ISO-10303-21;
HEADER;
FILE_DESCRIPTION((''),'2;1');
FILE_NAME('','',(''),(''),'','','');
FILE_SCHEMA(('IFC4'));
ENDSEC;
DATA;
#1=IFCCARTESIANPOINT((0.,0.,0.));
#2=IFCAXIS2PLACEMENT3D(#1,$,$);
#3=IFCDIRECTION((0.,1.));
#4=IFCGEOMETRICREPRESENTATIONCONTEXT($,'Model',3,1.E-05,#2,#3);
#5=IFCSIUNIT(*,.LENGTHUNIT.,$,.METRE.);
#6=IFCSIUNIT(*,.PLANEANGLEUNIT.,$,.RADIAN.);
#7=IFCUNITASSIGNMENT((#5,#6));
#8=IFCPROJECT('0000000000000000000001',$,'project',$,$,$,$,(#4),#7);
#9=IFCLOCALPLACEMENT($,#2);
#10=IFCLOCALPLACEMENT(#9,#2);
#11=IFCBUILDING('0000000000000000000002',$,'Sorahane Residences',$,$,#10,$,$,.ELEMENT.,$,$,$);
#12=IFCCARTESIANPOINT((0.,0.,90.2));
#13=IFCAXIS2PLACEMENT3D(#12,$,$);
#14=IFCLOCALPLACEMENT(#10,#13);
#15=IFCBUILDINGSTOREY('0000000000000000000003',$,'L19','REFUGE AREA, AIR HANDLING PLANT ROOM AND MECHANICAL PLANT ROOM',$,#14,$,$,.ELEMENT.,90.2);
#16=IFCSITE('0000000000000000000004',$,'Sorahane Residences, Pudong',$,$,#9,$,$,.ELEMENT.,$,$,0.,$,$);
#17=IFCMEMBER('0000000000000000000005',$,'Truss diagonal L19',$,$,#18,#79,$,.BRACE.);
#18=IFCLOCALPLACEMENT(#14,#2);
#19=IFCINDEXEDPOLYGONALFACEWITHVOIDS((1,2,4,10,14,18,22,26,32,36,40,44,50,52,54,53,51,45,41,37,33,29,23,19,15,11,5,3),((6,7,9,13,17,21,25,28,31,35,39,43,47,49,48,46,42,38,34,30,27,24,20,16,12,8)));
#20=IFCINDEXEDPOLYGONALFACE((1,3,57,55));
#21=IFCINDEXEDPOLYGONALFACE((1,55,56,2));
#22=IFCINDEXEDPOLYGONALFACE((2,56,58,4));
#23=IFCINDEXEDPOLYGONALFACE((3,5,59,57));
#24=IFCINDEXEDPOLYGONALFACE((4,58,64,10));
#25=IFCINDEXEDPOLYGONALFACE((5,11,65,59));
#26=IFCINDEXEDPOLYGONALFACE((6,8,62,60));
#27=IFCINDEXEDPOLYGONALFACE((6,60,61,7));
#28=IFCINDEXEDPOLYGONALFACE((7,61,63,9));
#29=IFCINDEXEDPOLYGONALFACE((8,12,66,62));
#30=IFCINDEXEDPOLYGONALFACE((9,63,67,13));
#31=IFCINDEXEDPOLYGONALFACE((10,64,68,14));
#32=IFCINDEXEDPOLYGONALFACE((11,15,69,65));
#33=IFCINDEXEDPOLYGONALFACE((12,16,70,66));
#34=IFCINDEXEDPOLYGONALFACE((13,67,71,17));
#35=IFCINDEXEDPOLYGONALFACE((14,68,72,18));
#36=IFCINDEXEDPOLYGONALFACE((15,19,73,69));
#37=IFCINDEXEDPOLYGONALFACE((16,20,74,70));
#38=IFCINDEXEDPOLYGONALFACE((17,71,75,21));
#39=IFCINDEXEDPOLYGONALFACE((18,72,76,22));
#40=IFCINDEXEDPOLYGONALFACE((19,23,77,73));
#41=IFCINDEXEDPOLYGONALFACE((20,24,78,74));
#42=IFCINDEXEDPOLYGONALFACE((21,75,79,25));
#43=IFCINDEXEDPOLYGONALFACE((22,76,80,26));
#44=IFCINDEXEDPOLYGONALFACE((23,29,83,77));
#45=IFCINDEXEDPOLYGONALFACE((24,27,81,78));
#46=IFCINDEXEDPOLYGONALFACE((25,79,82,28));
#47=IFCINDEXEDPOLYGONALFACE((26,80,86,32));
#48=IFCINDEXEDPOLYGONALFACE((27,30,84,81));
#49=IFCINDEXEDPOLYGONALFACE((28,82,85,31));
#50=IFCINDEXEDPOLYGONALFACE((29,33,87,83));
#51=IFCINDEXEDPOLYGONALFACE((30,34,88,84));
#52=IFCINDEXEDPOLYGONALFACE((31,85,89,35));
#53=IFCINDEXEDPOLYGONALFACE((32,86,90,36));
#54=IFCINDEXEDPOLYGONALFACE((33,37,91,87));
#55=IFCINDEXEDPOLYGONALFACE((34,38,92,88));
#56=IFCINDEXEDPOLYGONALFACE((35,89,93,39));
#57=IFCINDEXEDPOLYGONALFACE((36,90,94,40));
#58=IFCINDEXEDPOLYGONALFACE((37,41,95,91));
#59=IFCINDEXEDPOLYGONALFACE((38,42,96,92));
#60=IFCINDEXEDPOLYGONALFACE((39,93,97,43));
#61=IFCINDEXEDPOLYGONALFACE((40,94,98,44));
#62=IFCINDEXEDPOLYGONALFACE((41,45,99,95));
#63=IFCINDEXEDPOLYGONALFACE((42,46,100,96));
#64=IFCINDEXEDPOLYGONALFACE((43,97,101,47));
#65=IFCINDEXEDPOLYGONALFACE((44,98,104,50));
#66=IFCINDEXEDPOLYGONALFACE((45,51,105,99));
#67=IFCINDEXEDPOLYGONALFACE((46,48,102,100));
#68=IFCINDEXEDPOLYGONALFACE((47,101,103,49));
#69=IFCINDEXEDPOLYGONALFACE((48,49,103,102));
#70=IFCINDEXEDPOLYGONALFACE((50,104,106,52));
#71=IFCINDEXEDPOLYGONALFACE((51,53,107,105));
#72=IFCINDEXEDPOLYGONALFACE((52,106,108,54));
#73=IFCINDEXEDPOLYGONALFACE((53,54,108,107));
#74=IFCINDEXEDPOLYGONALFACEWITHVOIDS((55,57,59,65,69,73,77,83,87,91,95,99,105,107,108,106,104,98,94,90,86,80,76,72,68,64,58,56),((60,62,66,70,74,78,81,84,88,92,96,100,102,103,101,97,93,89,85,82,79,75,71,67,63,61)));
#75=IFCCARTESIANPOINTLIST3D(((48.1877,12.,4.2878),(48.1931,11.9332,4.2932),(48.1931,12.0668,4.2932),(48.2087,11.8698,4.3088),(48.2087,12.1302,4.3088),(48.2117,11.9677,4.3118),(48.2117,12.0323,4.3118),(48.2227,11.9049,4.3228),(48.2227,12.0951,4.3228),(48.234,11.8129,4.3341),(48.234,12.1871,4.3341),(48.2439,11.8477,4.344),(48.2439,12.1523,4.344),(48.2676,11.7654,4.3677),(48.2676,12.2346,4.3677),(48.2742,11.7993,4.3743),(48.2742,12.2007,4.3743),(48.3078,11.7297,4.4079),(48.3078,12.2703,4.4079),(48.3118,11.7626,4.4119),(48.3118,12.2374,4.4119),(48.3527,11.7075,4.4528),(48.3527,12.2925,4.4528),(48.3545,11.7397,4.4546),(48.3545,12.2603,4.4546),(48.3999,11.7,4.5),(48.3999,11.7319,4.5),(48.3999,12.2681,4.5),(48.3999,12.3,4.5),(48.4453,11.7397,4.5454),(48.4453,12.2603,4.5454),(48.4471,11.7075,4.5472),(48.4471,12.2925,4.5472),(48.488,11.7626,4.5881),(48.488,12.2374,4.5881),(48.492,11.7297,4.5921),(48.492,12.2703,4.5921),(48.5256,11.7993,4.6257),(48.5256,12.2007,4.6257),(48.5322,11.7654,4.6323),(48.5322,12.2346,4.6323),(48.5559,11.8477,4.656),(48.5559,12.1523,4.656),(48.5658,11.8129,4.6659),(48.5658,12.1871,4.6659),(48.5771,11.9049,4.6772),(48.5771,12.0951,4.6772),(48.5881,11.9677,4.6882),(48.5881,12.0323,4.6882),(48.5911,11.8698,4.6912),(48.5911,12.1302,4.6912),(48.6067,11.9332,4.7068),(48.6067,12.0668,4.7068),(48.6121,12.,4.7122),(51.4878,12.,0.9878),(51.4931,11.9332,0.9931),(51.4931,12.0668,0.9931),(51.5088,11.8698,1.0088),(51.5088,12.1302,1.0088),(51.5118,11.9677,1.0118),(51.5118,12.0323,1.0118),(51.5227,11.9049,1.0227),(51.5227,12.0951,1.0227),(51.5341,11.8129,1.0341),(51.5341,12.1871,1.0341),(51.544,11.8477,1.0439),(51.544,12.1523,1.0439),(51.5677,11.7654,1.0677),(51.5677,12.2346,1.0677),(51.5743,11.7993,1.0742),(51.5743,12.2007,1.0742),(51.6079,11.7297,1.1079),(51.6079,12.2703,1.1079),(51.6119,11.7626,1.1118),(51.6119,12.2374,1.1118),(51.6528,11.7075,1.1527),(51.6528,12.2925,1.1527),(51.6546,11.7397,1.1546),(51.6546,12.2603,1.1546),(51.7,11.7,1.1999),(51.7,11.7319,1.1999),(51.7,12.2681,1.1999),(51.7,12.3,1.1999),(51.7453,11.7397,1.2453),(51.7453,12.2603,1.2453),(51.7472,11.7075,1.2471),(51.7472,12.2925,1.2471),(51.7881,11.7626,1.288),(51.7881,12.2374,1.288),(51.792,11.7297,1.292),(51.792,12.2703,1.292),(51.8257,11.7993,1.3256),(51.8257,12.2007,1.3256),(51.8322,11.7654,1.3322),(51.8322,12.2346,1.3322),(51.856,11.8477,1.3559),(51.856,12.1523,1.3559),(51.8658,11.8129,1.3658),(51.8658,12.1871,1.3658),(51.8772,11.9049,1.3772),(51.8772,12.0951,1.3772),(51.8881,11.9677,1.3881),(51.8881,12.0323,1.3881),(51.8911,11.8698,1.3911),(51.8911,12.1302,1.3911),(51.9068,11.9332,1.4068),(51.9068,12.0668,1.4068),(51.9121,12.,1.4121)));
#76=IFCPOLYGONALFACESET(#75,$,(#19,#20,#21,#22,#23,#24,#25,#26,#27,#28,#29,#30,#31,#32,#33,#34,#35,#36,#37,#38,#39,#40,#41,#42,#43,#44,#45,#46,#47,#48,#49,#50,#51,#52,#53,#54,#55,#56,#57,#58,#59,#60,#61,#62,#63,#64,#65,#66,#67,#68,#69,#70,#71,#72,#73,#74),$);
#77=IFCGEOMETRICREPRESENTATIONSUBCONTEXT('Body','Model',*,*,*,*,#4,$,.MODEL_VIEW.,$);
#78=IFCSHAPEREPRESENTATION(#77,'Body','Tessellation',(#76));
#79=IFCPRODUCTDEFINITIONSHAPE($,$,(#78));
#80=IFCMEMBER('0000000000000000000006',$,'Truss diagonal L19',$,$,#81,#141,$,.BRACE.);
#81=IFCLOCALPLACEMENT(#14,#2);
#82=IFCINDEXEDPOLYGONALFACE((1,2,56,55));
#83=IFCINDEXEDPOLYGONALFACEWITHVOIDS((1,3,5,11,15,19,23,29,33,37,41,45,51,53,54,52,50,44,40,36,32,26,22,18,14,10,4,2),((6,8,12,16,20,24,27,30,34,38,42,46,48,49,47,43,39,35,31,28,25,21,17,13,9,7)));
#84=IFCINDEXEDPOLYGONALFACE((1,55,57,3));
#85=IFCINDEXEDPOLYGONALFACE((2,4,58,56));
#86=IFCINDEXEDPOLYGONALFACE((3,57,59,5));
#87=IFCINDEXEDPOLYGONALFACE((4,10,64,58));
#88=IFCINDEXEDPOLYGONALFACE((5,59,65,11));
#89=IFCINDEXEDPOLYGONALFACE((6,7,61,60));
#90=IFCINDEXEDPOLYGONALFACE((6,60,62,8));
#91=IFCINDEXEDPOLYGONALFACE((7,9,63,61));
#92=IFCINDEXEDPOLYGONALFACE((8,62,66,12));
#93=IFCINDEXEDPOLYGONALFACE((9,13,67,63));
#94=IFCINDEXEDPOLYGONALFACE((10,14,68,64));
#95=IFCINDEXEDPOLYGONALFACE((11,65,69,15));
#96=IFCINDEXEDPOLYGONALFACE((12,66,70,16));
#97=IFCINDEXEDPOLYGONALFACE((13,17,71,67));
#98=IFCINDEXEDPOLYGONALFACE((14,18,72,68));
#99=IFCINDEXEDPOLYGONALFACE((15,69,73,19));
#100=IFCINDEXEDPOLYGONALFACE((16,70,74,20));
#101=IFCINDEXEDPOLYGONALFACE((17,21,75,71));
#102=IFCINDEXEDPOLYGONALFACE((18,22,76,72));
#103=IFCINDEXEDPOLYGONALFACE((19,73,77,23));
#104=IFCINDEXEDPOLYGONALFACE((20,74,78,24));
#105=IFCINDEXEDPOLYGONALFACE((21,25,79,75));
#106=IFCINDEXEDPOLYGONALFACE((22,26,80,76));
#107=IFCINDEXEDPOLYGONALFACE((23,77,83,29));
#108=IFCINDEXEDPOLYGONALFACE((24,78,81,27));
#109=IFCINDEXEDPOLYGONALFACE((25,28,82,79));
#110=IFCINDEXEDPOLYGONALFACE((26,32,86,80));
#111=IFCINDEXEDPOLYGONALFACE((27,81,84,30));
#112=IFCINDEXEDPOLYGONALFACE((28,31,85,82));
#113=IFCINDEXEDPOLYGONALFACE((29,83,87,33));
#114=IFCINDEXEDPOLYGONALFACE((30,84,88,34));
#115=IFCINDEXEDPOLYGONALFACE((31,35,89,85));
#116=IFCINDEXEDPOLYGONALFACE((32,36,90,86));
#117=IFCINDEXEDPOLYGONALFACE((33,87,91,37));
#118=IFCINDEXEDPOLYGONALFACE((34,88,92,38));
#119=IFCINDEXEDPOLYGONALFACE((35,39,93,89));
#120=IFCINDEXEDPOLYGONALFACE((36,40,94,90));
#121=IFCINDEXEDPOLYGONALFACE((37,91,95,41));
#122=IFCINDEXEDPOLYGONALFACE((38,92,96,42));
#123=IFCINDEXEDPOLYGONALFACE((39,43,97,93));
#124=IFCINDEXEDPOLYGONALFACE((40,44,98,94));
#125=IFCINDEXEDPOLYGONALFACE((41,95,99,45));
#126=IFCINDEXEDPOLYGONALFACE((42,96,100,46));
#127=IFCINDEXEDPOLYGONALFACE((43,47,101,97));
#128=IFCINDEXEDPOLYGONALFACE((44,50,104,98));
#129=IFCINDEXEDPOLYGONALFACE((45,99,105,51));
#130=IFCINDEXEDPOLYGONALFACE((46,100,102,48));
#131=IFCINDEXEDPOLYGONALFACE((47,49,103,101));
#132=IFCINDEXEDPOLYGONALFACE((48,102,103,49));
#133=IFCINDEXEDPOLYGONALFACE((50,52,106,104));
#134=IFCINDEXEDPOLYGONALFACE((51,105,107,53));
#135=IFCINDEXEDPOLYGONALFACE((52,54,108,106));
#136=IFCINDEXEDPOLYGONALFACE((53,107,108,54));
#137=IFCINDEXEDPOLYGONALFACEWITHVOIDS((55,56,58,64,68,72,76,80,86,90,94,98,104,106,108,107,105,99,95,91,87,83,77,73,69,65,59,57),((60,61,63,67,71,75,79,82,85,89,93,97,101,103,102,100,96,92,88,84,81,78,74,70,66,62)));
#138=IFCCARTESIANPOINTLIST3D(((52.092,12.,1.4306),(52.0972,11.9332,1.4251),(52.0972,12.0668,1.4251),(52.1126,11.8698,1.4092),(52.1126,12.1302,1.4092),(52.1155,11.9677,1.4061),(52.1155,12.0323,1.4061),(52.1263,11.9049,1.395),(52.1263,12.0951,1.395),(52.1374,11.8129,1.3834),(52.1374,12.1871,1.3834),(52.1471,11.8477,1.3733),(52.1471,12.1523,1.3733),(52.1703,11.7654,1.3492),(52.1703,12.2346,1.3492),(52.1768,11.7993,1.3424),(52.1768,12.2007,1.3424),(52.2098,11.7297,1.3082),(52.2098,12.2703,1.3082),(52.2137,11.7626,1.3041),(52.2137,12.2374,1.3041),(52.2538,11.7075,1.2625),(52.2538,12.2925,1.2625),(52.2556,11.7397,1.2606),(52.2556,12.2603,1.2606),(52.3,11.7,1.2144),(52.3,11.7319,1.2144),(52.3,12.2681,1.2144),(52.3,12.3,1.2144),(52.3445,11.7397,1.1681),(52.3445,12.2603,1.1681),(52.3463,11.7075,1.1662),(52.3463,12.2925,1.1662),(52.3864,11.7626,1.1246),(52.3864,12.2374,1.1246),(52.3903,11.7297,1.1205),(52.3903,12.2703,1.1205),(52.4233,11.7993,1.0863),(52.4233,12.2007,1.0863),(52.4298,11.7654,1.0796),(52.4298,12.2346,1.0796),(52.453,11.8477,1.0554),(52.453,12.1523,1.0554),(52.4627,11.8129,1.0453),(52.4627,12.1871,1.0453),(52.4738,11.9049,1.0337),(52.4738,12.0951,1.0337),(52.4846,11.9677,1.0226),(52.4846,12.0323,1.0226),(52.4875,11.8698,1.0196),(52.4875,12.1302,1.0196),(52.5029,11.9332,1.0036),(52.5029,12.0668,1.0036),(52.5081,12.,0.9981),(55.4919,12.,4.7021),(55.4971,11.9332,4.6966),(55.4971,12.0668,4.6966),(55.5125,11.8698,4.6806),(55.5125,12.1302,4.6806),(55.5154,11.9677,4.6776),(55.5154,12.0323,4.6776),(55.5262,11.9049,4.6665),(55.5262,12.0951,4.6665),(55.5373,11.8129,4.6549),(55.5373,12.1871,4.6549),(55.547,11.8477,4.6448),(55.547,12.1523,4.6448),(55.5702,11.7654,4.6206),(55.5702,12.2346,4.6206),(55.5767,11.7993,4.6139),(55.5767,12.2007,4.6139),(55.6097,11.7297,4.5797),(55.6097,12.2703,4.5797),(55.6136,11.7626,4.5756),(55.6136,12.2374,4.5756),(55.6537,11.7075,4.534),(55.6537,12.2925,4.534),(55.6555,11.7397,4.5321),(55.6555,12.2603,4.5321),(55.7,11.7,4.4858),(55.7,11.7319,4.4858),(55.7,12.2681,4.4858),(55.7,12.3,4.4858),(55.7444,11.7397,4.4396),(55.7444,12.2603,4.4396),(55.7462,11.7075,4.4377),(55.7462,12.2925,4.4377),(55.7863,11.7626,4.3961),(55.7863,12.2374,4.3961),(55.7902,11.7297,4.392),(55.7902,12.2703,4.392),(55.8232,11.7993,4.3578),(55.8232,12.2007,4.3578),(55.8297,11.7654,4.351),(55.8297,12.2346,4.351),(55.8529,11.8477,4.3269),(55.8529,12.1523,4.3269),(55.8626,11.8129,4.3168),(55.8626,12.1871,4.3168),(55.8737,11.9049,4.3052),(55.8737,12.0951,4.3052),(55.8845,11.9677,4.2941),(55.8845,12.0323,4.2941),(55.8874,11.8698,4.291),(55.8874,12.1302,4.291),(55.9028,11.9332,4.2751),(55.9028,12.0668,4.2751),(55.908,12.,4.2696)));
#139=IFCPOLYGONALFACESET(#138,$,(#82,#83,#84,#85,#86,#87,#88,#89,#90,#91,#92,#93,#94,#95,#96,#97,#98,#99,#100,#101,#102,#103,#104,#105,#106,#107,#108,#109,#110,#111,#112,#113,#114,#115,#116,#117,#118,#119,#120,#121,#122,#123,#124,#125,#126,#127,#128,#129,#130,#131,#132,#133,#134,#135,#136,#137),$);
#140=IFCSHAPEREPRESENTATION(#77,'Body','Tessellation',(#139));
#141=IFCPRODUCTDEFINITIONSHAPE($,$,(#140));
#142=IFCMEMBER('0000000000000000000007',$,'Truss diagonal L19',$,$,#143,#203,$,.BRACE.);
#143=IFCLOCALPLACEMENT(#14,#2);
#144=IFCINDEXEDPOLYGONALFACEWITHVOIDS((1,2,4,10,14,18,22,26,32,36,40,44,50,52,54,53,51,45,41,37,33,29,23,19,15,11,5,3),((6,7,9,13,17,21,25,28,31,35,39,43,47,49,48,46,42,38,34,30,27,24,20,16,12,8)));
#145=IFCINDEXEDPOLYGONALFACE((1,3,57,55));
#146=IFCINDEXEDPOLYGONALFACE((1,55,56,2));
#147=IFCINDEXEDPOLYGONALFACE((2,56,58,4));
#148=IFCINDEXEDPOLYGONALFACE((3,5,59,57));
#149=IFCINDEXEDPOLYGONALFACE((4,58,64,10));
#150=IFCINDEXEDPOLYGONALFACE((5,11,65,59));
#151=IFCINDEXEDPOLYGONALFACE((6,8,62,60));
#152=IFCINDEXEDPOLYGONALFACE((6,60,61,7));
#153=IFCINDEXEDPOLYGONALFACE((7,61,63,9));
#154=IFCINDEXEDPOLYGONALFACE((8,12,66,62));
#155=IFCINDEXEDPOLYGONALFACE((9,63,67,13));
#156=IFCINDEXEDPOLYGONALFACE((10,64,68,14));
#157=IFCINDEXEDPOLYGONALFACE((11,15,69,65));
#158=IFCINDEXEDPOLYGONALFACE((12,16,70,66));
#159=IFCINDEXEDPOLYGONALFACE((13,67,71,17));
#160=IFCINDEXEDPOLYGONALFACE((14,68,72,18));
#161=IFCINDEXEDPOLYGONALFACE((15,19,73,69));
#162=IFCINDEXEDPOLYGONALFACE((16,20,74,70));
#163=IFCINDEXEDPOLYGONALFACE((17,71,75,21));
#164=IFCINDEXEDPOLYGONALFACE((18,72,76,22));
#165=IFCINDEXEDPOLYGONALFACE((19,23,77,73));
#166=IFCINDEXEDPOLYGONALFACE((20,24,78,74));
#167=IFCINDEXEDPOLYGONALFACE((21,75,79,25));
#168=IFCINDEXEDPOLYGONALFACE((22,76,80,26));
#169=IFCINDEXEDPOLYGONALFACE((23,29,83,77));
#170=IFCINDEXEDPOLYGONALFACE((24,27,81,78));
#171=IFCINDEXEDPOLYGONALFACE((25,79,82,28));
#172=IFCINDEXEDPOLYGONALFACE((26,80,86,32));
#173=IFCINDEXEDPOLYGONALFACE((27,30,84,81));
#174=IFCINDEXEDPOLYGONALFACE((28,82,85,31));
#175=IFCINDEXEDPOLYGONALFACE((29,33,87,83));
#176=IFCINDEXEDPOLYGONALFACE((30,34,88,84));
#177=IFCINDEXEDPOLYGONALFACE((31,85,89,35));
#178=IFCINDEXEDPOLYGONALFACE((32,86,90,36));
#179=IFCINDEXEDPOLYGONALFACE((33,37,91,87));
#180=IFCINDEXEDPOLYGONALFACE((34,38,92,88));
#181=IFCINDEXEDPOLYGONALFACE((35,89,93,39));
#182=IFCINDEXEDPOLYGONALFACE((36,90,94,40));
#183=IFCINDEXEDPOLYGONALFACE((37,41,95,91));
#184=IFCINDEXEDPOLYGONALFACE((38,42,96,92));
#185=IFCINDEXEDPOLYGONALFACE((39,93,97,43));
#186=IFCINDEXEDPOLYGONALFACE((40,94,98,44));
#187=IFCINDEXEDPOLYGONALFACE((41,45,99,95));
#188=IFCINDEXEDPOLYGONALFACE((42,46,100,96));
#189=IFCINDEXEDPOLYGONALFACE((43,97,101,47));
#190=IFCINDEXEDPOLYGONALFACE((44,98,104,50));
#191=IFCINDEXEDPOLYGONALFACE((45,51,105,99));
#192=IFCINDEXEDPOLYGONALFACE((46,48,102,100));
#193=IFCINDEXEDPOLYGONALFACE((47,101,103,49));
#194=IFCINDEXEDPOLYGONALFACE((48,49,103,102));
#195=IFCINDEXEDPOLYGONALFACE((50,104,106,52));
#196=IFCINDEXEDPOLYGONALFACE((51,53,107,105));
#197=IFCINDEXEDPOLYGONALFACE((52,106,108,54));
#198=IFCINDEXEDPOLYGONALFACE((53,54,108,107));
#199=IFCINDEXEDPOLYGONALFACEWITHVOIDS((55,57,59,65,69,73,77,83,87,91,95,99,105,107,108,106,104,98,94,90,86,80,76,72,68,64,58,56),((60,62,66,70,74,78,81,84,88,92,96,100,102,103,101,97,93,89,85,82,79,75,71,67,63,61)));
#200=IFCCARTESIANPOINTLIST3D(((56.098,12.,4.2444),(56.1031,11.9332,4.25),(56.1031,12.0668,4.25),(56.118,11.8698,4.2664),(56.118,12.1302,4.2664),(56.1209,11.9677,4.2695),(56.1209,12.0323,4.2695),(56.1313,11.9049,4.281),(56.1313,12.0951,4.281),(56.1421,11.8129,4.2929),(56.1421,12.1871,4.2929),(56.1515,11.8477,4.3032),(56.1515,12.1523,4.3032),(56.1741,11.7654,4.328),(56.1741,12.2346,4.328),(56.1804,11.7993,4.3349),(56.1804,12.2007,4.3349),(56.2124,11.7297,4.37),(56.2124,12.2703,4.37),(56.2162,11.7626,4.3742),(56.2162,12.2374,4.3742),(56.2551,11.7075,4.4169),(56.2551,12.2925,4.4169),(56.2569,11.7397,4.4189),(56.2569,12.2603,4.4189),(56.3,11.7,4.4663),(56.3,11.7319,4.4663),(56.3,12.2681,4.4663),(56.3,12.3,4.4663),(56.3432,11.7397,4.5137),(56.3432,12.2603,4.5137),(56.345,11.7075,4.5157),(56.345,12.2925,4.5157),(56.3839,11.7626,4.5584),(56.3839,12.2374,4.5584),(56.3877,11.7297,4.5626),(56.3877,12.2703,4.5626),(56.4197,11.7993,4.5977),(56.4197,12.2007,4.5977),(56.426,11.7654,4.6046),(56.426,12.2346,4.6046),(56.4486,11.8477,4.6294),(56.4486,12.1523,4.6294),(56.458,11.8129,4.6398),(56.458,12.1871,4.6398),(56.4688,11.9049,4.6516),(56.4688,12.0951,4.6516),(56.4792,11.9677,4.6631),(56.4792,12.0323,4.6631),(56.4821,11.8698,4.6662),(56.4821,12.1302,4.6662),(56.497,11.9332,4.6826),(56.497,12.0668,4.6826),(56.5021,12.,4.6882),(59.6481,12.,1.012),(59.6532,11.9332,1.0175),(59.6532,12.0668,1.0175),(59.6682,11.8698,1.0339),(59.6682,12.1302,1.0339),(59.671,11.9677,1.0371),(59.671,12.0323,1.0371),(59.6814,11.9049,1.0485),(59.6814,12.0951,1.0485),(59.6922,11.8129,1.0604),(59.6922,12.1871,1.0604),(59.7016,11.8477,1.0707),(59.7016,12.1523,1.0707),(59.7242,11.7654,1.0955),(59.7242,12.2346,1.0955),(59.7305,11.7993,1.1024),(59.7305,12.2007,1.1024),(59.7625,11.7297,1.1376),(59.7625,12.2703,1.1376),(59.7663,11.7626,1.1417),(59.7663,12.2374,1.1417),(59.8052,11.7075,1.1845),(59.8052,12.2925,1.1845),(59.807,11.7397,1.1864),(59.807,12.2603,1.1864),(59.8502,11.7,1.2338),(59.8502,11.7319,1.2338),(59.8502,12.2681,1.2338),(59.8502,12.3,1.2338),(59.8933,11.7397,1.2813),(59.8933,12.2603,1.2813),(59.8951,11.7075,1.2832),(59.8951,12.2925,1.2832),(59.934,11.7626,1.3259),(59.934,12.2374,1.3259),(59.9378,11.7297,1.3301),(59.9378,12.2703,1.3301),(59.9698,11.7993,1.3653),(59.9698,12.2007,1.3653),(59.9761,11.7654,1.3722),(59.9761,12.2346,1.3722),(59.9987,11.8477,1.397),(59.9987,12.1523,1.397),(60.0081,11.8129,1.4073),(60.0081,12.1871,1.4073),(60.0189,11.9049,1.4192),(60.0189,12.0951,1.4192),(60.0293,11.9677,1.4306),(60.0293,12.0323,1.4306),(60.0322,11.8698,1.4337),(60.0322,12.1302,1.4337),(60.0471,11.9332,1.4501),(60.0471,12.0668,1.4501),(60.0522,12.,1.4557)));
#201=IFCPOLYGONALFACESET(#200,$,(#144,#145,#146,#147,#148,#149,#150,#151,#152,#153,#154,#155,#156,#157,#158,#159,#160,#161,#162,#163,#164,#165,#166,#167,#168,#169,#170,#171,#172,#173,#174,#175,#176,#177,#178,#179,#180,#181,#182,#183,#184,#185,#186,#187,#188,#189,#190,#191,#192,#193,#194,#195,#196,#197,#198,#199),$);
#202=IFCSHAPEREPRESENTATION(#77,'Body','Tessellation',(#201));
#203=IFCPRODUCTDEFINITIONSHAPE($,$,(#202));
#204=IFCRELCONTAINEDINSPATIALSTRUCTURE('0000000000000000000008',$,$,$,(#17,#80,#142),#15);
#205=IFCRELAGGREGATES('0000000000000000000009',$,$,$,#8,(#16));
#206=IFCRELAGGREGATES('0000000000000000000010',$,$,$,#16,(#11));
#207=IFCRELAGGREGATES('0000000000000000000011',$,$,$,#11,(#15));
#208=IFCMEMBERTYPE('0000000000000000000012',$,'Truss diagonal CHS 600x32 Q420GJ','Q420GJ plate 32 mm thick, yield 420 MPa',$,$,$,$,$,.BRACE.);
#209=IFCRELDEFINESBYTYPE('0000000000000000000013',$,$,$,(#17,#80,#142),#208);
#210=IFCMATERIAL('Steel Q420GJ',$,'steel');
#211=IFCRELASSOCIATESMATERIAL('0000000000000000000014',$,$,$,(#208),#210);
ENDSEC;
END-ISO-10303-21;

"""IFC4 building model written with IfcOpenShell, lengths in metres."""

from ifc_helpers import new_model, si_unit, direction, frame, origin, origin_2d, place, context, subcontext, project, spatial, hollow_circle, extrude, material, material_profile, profile_set, type_object, element, save


model = new_model("IFC4")

# Units and contexts
model_context = context("Model", 3, precision=1e-05, world=origin(), true_north=direction((0.0, 1.0)))
body_context = subcontext(model_context, "Body", "Model", "MODEL_VIEW")
ifc_project = project(units=[si_unit("LENGTHUNIT", "METRE"), si_unit("PLANEANGLEUNIT", "RADIAN")], contexts=[model_context])

# Site, building, storey
site_placement = place(None, origin())
site = spatial("IfcSite", under=ifc_project, at=site_placement, Name="Sorahane Residences, Pudong", CompositionType="ELEMENT", RefElevation=0.0)
building_placement = place(site_placement, origin())
building = spatial("IfcBuilding", under=site, at=building_placement, Name="Sorahane Residences", CompositionType="ELEMENT")
storey_placement = place(building_placement, frame((0.0, 0.0, 90.2)))
storey = spatial("IfcBuildingStorey", under=building, at=storey_placement, Name="L19", Description="REFUGE AREA, AIR HANDLING PLANT ROOM AND MECHANICAL PLANT ROOM", CompositionType="ELEMENT", Elevation=90.2)

# Members
ifc_material_1 = material(Name="Steel Q420GJ", Category="steel")
ifc_material_profile_1 = material_profile(ifc_material_1, hollow_circle(Radius=0.3, WallThickness=0.032, at=origin_2d()), Name="CHS 600x32")
ifc_profile_set_1 = profile_set([ifc_material_profile_1], Name="Steel Q420GJ")
member_type = type_object("IfcMemberType", Name="Truss diagonal CHS 600x32 Q420GJ", Description="Q420GJ plate 32 mm thick, yield 420 MPa", PredefinedType="BRACE", material=ifc_profile_set_1)
member_1_placement = place(storey_placement, frame((48.3999, 12.0, 4.5), z_axis=(0.707107, 0.0, -0.707107), x_axis=(0.0, 1.0, 0.0)))
element("IfcMember", 1, at=member_1_placement, inside=storey, type_object=member_type, Name="Truss diagonal L19", PredefinedType="BRACE", context=body_context, shape_type="SweptSolid", body=[
    extrude(hollow_circle(Radius=0.3, WallThickness=0.032, at=origin_2d()), origin(), (0.0, 0.0, 1.0), 4.667),
])
member_2_placement = place(storey_placement, frame((52.3, 12.0, 1.2144), z_axis=(0.720584, 0.0, 0.693367), x_axis=(0.0, 1.0, 0.0)))
element("IfcMember", 2, at=member_2_placement, inside=storey, type_object=member_type, Name="Truss diagonal L19", PredefinedType="BRACE", context=body_context, shape_type="SweptSolid", body=[
    extrude(hollow_circle(Radius=0.3, WallThickness=0.032, at=origin_2d()), origin(), (0.0, 0.0, 1.0), 4.7183),
])
member_3_placement = place(storey_placement, frame((56.3, 12.0, 4.4663), z_axis=(0.739411, 0.0, -0.673255), x_axis=(0.0, 1.0, 0.0)))
element("IfcMember", 3, at=member_3_placement, inside=storey, type_object=member_type, Name="Truss diagonal L19", PredefinedType="BRACE", context=body_context, shape_type="SweptSolid", body=[
    extrude(hollow_circle(Radius=0.3, WallThickness=0.032, at=origin_2d()), origin(), (0.0, 0.0, 1.0), 4.8013),
])

save(model, "model.ifc")
